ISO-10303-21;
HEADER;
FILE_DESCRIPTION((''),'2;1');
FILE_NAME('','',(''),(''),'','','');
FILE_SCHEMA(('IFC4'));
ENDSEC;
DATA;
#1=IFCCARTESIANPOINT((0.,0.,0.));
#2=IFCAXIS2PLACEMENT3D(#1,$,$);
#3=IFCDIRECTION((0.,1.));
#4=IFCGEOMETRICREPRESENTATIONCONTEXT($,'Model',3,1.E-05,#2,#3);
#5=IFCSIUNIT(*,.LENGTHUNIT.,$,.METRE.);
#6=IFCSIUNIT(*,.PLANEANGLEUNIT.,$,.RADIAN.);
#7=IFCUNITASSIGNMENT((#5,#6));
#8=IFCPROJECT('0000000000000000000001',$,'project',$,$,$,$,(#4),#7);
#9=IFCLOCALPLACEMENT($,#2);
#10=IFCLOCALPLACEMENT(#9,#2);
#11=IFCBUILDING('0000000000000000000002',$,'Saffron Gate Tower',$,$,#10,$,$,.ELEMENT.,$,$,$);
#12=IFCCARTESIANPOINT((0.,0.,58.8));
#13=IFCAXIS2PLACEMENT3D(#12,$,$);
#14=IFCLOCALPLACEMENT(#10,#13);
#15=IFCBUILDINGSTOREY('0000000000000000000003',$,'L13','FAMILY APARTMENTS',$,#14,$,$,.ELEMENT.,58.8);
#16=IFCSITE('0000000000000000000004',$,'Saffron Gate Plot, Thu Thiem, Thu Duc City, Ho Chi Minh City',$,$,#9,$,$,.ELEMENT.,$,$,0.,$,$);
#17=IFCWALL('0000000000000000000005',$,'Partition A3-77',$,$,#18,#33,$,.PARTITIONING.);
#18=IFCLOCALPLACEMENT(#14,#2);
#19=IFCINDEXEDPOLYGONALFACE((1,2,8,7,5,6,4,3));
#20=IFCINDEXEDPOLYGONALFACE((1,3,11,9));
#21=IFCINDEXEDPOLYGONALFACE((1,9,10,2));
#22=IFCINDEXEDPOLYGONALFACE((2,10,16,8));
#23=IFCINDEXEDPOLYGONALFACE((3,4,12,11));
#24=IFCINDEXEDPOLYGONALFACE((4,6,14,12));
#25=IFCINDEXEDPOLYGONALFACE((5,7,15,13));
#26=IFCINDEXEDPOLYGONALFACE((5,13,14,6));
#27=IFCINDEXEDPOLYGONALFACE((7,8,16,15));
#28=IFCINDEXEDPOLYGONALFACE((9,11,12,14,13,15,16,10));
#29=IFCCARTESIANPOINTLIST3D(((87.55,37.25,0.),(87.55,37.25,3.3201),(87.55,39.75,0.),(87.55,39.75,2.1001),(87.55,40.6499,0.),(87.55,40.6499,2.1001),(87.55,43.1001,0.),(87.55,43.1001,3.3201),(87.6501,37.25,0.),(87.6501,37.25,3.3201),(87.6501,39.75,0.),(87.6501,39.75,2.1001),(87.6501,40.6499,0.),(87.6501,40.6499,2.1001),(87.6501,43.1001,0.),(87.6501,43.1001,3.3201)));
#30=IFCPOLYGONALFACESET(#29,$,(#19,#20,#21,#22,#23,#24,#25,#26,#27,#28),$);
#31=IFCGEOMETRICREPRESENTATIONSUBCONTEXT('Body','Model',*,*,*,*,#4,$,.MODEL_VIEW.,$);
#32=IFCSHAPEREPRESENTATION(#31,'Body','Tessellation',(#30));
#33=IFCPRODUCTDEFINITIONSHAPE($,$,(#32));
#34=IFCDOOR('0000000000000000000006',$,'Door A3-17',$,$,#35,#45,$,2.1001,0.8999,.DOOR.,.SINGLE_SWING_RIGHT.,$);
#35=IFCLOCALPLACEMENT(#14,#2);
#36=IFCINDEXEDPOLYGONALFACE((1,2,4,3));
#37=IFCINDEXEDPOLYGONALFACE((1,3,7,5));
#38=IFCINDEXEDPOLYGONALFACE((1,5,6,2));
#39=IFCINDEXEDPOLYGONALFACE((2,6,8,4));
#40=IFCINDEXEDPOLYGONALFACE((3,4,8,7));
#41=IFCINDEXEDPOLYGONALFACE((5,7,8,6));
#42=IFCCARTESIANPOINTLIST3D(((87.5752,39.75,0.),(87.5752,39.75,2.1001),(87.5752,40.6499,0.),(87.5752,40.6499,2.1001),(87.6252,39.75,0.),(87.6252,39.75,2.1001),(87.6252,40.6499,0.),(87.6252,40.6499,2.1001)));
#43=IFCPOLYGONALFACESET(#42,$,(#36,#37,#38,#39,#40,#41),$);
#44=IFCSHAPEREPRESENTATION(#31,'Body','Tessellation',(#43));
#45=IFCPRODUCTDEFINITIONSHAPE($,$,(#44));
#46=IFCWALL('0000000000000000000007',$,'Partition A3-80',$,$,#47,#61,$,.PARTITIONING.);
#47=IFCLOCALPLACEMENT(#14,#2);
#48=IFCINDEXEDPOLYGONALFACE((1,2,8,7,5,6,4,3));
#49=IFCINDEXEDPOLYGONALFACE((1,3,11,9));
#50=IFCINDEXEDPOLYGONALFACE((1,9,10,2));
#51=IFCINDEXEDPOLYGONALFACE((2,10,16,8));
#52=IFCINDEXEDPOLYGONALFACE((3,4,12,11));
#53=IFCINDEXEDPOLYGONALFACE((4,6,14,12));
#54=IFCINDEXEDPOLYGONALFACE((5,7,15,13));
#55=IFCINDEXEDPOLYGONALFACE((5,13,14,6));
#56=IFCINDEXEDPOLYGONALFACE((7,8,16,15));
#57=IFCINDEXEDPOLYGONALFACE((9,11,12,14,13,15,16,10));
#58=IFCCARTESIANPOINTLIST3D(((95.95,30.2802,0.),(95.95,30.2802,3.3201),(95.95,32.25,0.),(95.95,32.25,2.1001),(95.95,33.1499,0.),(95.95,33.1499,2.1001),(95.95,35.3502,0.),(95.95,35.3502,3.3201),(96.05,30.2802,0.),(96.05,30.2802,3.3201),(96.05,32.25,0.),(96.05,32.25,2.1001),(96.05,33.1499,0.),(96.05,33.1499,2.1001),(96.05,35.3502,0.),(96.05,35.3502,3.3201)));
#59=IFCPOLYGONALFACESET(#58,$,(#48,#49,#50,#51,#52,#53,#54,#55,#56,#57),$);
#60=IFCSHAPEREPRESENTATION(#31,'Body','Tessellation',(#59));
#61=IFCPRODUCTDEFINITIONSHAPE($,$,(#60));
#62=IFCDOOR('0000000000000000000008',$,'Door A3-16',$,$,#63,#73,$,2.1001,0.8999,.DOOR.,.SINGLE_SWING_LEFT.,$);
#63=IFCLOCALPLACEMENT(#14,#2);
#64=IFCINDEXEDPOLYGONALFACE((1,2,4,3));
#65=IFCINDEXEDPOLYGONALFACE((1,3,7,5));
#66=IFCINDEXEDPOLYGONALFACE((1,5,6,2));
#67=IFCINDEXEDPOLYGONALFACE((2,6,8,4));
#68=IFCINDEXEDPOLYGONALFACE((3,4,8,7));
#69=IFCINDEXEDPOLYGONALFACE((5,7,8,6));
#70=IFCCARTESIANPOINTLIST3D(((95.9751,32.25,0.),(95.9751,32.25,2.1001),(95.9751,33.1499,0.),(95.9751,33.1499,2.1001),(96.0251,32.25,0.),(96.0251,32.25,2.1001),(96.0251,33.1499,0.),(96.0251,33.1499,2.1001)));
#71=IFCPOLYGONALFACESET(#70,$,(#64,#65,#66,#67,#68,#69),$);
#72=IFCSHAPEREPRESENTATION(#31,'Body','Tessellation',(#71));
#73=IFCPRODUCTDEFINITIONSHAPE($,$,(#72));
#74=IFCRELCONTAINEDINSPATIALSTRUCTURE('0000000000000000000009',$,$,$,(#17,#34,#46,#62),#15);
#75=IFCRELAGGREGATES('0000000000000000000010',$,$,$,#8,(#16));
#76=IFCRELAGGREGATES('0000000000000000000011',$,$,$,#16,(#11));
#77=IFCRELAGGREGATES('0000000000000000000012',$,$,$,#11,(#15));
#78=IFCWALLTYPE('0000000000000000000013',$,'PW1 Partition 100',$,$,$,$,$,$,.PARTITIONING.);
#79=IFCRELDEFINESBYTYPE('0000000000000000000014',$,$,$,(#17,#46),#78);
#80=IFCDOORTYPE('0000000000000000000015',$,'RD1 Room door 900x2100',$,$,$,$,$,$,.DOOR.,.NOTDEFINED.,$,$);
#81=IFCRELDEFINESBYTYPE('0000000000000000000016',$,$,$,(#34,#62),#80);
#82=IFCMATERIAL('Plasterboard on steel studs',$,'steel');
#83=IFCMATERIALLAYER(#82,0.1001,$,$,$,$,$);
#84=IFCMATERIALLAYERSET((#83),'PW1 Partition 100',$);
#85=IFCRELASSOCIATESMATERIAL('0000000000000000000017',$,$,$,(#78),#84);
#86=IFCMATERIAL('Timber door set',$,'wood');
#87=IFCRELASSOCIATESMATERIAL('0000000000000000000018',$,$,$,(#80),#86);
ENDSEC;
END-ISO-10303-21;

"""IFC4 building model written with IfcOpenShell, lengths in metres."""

from ifc_helpers import new_model, si_unit, direction, frame, frame_2d, origin, place, context, subcontext, project, spatial, rectangle, extrude, material, layer, layer_set, type_object, element, fill, save


model = new_model("IFC4")

# Units and contexts
model_context = context("Model", 3, precision=1e-05, world=origin(), true_north=direction((0.0, 1.0)))
body_context = subcontext(model_context, "Body", "Model", "MODEL_VIEW")
ifc_project = project(units=[si_unit("LENGTHUNIT", "METRE"), si_unit("PLANEANGLEUNIT", "RADIAN")], contexts=[model_context])

# Site, building, storey
site_placement = place(None, origin())
site = spatial("IfcSite", under=ifc_project, at=site_placement, Name="Saffron Gate Plot, Thu Thiem, Thu Duc City, Ho Chi Minh City", CompositionType="ELEMENT", RefElevation=0.0)
building_placement = place(site_placement, origin())
building = spatial("IfcBuilding", under=site, at=building_placement, Name="Saffron Gate Tower", CompositionType="ELEMENT")
storey_placement = place(building_placement, frame((0.0, 0.0, 58.8)))
storey = spatial("IfcBuildingStorey", under=building, at=storey_placement, Name="L13", Description="FAMILY APARTMENTS", CompositionType="ELEMENT", Elevation=58.8)

# Shared definitions
ifc_material_1 = material(Name="Plasterboard on steel studs", Category="steel")
ifc_layer = layer(ifc_material_1, 0.1001)
ifc_layer_set = layer_set([ifc_layer], Name="PW1 Partition 100")
wall_type = type_object("IfcWallType", Name="PW1 Partition 100", PredefinedType="PARTITIONING", material=ifc_layer_set)
ifc_material_2 = material(Name="Timber door set", Category="wood")
door_type_1 = type_object("IfcDoorType", Name="RD1 Room door 900x2100", OperationType="NOTDEFINED", PredefinedType="DOOR", material=ifc_material_2)

# Walls, openings, doors
wall_1_placement = place(storey_placement, frame((87.6001, 37.25, 0.0), z_axis=(0.0, 0.0, 1.0), x_axis=(0.0, 1.0, 0.0)))
wall_1 = element("IfcWall", 1, at=wall_1_placement, inside=storey, type_object=wall_type, Name="Partition A3-77", PredefinedType="PARTITIONING", context=body_context, shape_type="SweptSolid", body=[
    extrude(rectangle(XDim=5.8501, YDim=0.1001, at=frame_2d((2.925, 0.0))), origin(), (0.0, 0.0, 1.0), 3.3201),
])
opening_1_placement = place(wall_1_placement, frame((2.5, 0.0, 0.0)))
opening_1 = element("IfcOpeningElement", 2, at=opening_1_placement, cuts=wall_1, PredefinedType="OPENING", context=body_context, shape_type="SweptSolid", body=[
    extrude(rectangle(XDim=0.8999, YDim=2.1001, at=frame_2d((0.45, 1.05))), frame((0.0, 0.0601, 0.0), z_axis=(0.0, -1.0, 0.0), x_axis=(1.0, 0.0, 0.0)), (0.0, 0.0, 1.0), 0.1201),
])
door_1_placement = place(opening_1_placement, origin())
door_1 = element("IfcDoor", 3, at=door_1_placement, inside=storey, type_object=door_type_1, Name="Door A3-17", OperationType="SINGLE_SWING_RIGHT", OverallHeight=2.1001, OverallWidth=0.8999, PredefinedType="DOOR", context=body_context, shape_type="SweptSolid", body=[
    extrude(rectangle(XDim=0.8999, YDim=2.1001, at=frame_2d((0.45, 1.05))), frame((0.0, 0.0249, 0.0), z_axis=(0.0, -1.0, 0.0), x_axis=(1.0, 0.0, 0.0)), (0.0, 0.0, 1.0), 0.05),
])
fill(opening_1, door_1)
wall_2_placement = place(storey_placement, frame((96.0, 30.28, 0.0), z_axis=(0.0, 0.0, 1.0), x_axis=(0.0, 1.0, 0.0)))
wall_2 = element("IfcWall", 4, at=wall_2_placement, inside=storey, type_object=wall_type, Name="Partition A3-80", PredefinedType="PARTITIONING", context=body_context, shape_type="SweptSolid", body=[
    extrude(rectangle(XDim=5.0701, YDim=0.1001, at=frame_2d((2.5352, 0.0))), origin(), (0.0, 0.0, 1.0), 3.3201),
])
opening_2_placement = place(wall_2_placement, frame((1.97, 0.0, 0.0)))
opening_2 = element("IfcOpeningElement", 5, at=opening_2_placement, cuts=wall_2, PredefinedType="OPENING", context=body_context, shape_type="SweptSolid", body=[
    extrude(rectangle(XDim=0.8999, YDim=2.1001, at=frame_2d((0.45, 1.05))), frame((0.0, 0.0601, 0.0), z_axis=(0.0, -1.0, 0.0), x_axis=(1.0, 0.0, 0.0)), (0.0, 0.0, 1.0), 0.1201),
])
door_2_placement = place(opening_2_placement, origin())
door_2 = element("IfcDoor", 6, at=door_2_placement, inside=storey, type_object=door_type_1, Name="Door A3-16", OperationType="SINGLE_SWING_LEFT", OverallHeight=2.1001, OverallWidth=0.8999, PredefinedType="DOOR", context=body_context, shape_type="SweptSolid", body=[
    extrude(rectangle(XDim=0.8999, YDim=2.1001, at=frame_2d((0.45, 1.05))), frame((0.0, 0.0249, 0.0), z_axis=(0.0, -1.0, 0.0), x_axis=(1.0, 0.0, 0.0)), (0.0, 0.0, 1.0), 0.05),
])
fill(opening_2, door_2)

save(model, "model.ifc")
